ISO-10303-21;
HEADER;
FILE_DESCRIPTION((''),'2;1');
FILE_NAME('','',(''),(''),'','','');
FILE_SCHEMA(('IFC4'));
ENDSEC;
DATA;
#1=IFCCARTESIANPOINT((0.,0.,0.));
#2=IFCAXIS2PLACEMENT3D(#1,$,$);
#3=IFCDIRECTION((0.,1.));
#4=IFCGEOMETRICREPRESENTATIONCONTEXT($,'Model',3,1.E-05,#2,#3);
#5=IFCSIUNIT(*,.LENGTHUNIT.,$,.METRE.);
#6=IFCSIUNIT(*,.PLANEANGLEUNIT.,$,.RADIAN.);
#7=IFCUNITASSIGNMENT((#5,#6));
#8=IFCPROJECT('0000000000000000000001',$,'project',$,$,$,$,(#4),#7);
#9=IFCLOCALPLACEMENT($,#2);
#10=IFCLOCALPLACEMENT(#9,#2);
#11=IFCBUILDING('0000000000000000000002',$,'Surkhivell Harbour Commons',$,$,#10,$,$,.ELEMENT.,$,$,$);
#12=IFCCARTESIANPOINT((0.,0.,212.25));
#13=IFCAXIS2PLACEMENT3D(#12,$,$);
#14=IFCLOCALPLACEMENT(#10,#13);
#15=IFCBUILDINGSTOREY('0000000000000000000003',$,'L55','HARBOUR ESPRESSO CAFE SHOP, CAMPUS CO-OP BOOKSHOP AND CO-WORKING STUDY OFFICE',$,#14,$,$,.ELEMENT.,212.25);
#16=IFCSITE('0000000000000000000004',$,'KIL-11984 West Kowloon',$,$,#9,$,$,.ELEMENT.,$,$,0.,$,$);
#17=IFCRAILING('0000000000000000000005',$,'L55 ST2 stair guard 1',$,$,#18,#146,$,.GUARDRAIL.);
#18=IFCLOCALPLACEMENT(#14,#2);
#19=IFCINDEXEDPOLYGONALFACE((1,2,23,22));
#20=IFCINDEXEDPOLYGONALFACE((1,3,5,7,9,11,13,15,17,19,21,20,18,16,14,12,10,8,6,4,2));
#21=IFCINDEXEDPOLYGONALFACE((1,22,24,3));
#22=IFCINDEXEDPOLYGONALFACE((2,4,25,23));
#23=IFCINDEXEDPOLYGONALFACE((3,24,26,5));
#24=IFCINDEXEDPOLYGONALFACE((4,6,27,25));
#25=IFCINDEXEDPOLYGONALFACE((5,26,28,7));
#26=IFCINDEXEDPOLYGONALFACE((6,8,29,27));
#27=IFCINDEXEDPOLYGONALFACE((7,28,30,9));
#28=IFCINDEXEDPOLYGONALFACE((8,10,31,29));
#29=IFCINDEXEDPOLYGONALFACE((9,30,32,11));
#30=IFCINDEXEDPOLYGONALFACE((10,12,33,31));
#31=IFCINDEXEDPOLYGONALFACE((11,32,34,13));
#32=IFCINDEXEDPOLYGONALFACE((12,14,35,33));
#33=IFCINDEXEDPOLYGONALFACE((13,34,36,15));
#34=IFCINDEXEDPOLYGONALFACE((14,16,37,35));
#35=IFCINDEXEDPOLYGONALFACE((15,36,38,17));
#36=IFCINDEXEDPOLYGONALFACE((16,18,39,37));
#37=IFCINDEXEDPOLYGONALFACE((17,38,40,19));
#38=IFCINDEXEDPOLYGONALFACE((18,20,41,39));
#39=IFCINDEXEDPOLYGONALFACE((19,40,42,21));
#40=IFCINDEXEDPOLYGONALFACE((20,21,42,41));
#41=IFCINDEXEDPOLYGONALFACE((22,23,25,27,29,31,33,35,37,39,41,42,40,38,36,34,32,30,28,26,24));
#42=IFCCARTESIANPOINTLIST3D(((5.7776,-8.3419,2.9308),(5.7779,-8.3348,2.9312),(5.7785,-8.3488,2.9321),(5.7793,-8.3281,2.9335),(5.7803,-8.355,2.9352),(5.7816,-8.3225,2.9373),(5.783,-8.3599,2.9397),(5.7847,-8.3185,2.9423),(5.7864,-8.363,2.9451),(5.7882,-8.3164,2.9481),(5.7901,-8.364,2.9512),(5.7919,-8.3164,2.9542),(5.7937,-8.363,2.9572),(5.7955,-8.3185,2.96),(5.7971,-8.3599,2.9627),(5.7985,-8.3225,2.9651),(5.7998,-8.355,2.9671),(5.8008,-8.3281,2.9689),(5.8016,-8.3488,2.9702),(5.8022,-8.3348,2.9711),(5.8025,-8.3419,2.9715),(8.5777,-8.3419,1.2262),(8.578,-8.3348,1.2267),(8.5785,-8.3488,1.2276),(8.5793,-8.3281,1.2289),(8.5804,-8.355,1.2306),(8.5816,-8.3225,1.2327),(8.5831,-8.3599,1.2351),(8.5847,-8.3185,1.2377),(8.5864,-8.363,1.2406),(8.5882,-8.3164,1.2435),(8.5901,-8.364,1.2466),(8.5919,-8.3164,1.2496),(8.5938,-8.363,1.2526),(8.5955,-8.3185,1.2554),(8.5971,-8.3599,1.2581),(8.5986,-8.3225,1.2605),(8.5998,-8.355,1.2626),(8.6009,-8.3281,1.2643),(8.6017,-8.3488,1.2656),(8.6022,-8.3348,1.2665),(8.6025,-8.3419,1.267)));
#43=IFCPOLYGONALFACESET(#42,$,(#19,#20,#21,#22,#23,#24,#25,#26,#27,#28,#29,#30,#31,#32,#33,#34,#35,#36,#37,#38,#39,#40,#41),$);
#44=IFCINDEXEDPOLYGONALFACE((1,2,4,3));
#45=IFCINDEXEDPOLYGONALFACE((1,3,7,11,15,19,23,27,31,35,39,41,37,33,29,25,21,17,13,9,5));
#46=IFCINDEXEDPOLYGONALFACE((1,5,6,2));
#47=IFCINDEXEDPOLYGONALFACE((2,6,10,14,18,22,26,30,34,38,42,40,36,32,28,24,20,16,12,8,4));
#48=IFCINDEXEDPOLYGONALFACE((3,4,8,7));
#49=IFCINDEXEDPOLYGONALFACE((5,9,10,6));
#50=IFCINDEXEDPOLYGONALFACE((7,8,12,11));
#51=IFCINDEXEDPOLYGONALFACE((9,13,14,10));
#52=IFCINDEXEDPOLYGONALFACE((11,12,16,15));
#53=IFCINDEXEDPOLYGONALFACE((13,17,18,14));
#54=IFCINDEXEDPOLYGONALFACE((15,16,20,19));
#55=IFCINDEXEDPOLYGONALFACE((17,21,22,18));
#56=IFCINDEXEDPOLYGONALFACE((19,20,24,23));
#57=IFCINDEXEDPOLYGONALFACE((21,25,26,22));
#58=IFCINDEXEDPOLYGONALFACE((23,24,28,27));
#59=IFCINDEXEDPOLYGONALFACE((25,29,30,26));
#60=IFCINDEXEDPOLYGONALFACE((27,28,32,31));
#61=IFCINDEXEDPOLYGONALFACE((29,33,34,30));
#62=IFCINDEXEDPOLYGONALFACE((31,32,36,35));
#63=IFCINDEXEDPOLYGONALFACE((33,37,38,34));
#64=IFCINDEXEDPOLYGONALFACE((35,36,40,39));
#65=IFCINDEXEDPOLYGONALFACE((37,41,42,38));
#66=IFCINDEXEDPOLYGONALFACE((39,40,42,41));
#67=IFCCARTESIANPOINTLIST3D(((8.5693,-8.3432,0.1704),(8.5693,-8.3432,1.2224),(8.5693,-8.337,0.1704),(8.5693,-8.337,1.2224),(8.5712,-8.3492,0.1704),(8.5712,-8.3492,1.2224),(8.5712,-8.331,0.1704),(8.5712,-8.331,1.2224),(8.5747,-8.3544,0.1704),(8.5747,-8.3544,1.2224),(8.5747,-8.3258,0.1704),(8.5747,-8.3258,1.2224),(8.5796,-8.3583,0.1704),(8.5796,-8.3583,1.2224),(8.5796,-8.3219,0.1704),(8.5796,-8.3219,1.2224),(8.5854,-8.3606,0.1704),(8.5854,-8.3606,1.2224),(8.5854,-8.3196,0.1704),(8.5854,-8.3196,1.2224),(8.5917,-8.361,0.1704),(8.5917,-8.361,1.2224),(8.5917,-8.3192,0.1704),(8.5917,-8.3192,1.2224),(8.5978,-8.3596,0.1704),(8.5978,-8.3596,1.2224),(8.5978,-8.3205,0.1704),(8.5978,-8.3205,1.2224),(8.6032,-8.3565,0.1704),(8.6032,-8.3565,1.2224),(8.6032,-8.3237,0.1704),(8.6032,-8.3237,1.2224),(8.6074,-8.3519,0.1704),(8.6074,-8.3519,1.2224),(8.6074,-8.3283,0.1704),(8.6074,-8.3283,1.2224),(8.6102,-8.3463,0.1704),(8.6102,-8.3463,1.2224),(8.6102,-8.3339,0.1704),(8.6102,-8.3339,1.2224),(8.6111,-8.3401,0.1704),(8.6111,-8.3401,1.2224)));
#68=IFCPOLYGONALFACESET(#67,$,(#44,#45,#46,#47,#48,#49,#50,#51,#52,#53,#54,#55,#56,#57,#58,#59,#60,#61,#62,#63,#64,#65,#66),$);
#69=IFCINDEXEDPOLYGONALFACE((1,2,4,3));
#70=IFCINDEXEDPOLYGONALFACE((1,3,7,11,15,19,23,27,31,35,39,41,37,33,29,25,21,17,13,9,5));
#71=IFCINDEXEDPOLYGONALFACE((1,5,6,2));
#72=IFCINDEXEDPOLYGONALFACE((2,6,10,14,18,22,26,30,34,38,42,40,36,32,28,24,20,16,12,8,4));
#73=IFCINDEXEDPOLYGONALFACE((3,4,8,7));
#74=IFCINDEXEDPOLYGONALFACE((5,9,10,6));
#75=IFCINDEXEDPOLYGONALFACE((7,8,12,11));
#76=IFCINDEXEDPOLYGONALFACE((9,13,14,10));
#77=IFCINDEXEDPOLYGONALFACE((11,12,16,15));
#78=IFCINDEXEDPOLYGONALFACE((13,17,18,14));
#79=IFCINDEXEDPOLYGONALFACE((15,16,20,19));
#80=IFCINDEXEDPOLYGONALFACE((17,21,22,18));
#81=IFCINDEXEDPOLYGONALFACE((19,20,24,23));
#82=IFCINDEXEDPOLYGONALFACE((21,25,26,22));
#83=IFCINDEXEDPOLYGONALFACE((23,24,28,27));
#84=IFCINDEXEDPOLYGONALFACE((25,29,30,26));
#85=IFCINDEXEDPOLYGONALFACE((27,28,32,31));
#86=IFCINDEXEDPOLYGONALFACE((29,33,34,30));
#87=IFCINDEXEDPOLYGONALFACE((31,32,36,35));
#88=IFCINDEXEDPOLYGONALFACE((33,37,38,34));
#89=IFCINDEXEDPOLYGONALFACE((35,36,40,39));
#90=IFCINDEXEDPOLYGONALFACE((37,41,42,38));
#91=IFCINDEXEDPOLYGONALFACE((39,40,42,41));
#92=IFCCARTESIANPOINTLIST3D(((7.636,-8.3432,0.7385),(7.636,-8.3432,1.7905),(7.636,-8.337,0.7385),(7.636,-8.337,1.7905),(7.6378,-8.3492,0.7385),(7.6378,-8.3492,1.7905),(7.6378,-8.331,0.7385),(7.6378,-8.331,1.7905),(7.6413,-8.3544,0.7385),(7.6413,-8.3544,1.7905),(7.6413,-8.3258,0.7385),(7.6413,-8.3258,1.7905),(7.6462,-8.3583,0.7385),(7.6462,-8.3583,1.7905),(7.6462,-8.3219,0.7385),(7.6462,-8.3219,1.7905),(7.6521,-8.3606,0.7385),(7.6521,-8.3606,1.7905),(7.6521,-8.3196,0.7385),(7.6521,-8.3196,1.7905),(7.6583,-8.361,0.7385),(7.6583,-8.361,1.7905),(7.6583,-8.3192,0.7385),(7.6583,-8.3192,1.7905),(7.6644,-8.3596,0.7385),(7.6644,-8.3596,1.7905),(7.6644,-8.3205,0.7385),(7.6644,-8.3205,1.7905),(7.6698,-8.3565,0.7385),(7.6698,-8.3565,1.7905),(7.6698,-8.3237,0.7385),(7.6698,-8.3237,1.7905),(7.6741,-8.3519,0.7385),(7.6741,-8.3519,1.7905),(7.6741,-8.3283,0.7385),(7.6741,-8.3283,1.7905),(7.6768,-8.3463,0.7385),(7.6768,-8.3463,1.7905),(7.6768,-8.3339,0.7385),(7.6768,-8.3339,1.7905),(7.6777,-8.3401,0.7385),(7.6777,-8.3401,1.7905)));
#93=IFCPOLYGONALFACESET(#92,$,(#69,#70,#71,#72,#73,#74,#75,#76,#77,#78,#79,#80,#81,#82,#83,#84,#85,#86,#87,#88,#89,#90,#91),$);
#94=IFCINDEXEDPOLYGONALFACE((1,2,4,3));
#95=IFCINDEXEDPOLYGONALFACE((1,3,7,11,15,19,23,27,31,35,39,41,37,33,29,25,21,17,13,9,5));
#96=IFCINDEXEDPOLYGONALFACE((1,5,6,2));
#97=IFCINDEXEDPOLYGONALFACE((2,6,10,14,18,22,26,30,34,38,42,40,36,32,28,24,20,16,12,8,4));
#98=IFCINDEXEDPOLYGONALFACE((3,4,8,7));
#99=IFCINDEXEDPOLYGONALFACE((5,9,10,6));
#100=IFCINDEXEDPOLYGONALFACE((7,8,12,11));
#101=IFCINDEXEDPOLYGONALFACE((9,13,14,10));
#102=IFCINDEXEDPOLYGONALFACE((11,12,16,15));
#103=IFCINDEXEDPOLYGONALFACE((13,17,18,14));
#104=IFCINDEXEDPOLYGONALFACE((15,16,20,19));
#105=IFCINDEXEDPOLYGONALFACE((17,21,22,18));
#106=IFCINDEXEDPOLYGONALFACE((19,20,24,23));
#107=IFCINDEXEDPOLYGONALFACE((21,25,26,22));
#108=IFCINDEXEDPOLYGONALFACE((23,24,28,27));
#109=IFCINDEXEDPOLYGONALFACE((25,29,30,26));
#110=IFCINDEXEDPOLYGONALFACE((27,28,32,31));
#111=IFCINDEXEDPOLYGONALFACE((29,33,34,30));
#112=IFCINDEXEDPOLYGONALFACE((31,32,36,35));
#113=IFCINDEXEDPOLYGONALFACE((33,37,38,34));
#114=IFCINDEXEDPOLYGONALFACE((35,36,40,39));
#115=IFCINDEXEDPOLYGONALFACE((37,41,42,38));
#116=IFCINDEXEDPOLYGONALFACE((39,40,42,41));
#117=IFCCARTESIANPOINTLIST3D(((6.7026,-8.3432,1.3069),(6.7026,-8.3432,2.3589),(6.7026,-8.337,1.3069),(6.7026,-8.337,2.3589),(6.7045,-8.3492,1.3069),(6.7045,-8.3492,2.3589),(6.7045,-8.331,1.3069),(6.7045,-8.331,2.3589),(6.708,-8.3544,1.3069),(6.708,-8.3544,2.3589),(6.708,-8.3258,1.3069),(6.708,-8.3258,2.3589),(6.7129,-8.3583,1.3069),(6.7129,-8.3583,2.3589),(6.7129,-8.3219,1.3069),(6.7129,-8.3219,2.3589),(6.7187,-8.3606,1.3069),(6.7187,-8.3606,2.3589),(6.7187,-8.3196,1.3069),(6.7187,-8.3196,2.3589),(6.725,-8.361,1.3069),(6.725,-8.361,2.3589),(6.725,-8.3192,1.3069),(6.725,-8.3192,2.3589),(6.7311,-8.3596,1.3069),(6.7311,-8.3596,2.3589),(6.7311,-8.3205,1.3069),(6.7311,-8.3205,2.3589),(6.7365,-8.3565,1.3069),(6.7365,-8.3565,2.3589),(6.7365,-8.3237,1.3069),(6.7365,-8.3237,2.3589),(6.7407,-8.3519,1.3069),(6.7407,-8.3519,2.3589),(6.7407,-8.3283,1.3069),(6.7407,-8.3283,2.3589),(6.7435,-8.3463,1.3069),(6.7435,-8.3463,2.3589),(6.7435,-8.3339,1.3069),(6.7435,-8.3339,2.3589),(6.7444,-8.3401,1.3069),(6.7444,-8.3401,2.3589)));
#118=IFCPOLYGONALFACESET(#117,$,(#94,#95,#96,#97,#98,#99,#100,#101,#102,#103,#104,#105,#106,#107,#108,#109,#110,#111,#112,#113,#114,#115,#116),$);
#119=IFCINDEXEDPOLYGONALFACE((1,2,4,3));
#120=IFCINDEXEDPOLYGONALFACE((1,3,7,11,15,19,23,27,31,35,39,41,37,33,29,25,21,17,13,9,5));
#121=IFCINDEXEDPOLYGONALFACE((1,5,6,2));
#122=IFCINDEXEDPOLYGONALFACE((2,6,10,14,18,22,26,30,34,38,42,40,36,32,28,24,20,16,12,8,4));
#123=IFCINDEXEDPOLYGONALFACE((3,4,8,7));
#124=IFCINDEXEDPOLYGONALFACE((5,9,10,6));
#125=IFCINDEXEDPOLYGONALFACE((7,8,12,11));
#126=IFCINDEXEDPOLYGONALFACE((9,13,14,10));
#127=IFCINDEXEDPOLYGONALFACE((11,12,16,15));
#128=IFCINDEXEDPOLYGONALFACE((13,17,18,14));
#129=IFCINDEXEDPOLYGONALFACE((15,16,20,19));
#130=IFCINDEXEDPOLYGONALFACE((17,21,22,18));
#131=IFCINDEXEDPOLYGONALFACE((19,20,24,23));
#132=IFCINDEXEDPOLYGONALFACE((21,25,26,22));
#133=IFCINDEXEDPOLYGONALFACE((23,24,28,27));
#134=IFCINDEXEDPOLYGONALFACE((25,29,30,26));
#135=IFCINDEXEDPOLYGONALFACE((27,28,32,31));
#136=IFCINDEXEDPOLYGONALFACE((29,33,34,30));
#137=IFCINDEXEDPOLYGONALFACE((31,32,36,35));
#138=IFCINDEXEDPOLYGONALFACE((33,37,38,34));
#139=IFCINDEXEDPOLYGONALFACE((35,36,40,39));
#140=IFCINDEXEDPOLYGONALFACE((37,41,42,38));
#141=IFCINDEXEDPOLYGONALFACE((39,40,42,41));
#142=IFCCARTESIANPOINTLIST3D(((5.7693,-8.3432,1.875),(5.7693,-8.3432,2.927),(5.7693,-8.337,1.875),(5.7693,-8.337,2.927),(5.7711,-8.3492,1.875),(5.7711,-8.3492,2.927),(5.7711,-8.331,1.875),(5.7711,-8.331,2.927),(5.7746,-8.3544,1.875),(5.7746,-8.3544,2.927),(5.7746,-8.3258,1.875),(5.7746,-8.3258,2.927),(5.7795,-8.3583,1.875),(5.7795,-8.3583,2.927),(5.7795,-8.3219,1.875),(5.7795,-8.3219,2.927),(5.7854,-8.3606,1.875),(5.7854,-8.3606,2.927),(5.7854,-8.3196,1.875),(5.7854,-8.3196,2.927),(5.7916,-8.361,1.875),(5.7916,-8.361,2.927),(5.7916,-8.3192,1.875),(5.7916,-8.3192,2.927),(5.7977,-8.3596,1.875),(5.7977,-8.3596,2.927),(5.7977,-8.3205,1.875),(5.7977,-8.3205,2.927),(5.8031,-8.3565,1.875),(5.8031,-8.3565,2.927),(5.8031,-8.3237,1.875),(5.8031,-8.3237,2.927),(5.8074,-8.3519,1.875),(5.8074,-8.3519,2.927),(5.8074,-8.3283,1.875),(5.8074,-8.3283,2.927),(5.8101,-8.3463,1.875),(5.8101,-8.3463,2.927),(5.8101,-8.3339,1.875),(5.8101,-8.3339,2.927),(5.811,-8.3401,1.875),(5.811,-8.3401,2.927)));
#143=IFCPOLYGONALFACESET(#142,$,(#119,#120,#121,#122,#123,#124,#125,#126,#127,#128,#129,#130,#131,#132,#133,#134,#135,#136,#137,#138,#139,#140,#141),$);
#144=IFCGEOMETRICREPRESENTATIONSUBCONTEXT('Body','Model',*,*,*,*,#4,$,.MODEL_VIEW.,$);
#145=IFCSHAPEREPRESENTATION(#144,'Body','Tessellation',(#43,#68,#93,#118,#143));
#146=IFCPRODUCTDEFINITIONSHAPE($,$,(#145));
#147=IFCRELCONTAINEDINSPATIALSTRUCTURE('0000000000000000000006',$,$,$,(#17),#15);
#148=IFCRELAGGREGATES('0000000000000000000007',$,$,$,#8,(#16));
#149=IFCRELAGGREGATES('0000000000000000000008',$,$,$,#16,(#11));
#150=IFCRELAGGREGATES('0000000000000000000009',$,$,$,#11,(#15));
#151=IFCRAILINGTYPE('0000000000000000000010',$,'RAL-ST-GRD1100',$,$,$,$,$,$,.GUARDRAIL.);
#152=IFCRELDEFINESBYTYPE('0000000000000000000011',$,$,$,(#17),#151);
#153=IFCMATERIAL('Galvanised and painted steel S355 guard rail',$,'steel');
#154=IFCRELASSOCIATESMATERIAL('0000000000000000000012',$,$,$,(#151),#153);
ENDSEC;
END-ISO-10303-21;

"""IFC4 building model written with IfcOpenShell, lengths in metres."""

from ifc_helpers import new_model, si_unit, direction, frame, origin, origin_2d, place, context, subcontext, project, spatial, circle, extrude, material, type_object, element, save


model = new_model("IFC4")

# Units and contexts
model_context = context("Model", 3, precision=1e-05, world=origin(), true_north=direction((0.0, 1.0)))
body_context = subcontext(model_context, "Body", "Model", "MODEL_VIEW")
ifc_project = project(units=[si_unit("LENGTHUNIT", "METRE"), si_unit("PLANEANGLEUNIT", "RADIAN")], contexts=[model_context])

# Site, building, storey
site_placement = place(None, origin())
site = spatial("IfcSite", under=ifc_project, at=site_placement, Name="KIL-11984 West Kowloon", CompositionType="ELEMENT", RefElevation=0.0)
building_placement = place(site_placement, origin())
building = spatial("IfcBuilding", under=site, at=building_placement, Name="Surkhivell Harbour Commons", CompositionType="ELEMENT")
storey_placement = place(building_placement, frame((0.0, 0.0, 212.25)))
storey = spatial("IfcBuildingStorey", under=building, at=storey_placement, Name="L55", Description="HARBOUR ESPRESSO CAFE SHOP, CAMPUS CO-OP BOOKSHOP AND CO-WORKING STUDY OFFICE", CompositionType="ELEMENT", Elevation=212.25)

# Railing
ifc_material_1 = material(Name="Galvanised and painted steel S355 guard rail", Category="steel")
railing_type_1 = type_object("IfcRailingType", Name="RAL-ST-GRD1100", PredefinedType="GUARDRAIL", material=ifc_material_1)
railing_1_placement = place(storey_placement, frame((8.5901, -8.3401, 0.1704)))
element("IfcRailing", 1, at=railing_1_placement, inside=storey, type_object=railing_type_1, Name="L55 ST2 stair guard 1", PredefinedType="GUARDRAIL", context=body_context, shape_type="SweptSolid", body=[
    extrude(circle(Radius=0.0239, at=origin_2d()), frame((0.0, 0.0, 1.0762), z_axis=(-0.85417, 0.0, 0.519994), x_axis=(0.0, -1.0, 0.0)), (0.0, 0.0, 1.0), 3.2781),
    extrude(circle(Radius=0.021, at=origin_2d()), origin(), (0.0, 0.0, 1.0), 1.052),
    extrude(circle(Radius=0.021, at=origin_2d()), frame((-0.9333, 0.0, 0.5681)), (0.0, 0.0, 1.0), 1.052),
    extrude(circle(Radius=0.021, at=origin_2d()), frame((-1.8667, 0.0, 1.1365)), (0.0, 0.0, 1.0), 1.052),
    extrude(circle(Radius=0.021, at=origin_2d()), frame((-2.8, 0.0, 1.7046)), (0.0, 0.0, 1.0), 1.052),
])

save(model, "model.ifc")
